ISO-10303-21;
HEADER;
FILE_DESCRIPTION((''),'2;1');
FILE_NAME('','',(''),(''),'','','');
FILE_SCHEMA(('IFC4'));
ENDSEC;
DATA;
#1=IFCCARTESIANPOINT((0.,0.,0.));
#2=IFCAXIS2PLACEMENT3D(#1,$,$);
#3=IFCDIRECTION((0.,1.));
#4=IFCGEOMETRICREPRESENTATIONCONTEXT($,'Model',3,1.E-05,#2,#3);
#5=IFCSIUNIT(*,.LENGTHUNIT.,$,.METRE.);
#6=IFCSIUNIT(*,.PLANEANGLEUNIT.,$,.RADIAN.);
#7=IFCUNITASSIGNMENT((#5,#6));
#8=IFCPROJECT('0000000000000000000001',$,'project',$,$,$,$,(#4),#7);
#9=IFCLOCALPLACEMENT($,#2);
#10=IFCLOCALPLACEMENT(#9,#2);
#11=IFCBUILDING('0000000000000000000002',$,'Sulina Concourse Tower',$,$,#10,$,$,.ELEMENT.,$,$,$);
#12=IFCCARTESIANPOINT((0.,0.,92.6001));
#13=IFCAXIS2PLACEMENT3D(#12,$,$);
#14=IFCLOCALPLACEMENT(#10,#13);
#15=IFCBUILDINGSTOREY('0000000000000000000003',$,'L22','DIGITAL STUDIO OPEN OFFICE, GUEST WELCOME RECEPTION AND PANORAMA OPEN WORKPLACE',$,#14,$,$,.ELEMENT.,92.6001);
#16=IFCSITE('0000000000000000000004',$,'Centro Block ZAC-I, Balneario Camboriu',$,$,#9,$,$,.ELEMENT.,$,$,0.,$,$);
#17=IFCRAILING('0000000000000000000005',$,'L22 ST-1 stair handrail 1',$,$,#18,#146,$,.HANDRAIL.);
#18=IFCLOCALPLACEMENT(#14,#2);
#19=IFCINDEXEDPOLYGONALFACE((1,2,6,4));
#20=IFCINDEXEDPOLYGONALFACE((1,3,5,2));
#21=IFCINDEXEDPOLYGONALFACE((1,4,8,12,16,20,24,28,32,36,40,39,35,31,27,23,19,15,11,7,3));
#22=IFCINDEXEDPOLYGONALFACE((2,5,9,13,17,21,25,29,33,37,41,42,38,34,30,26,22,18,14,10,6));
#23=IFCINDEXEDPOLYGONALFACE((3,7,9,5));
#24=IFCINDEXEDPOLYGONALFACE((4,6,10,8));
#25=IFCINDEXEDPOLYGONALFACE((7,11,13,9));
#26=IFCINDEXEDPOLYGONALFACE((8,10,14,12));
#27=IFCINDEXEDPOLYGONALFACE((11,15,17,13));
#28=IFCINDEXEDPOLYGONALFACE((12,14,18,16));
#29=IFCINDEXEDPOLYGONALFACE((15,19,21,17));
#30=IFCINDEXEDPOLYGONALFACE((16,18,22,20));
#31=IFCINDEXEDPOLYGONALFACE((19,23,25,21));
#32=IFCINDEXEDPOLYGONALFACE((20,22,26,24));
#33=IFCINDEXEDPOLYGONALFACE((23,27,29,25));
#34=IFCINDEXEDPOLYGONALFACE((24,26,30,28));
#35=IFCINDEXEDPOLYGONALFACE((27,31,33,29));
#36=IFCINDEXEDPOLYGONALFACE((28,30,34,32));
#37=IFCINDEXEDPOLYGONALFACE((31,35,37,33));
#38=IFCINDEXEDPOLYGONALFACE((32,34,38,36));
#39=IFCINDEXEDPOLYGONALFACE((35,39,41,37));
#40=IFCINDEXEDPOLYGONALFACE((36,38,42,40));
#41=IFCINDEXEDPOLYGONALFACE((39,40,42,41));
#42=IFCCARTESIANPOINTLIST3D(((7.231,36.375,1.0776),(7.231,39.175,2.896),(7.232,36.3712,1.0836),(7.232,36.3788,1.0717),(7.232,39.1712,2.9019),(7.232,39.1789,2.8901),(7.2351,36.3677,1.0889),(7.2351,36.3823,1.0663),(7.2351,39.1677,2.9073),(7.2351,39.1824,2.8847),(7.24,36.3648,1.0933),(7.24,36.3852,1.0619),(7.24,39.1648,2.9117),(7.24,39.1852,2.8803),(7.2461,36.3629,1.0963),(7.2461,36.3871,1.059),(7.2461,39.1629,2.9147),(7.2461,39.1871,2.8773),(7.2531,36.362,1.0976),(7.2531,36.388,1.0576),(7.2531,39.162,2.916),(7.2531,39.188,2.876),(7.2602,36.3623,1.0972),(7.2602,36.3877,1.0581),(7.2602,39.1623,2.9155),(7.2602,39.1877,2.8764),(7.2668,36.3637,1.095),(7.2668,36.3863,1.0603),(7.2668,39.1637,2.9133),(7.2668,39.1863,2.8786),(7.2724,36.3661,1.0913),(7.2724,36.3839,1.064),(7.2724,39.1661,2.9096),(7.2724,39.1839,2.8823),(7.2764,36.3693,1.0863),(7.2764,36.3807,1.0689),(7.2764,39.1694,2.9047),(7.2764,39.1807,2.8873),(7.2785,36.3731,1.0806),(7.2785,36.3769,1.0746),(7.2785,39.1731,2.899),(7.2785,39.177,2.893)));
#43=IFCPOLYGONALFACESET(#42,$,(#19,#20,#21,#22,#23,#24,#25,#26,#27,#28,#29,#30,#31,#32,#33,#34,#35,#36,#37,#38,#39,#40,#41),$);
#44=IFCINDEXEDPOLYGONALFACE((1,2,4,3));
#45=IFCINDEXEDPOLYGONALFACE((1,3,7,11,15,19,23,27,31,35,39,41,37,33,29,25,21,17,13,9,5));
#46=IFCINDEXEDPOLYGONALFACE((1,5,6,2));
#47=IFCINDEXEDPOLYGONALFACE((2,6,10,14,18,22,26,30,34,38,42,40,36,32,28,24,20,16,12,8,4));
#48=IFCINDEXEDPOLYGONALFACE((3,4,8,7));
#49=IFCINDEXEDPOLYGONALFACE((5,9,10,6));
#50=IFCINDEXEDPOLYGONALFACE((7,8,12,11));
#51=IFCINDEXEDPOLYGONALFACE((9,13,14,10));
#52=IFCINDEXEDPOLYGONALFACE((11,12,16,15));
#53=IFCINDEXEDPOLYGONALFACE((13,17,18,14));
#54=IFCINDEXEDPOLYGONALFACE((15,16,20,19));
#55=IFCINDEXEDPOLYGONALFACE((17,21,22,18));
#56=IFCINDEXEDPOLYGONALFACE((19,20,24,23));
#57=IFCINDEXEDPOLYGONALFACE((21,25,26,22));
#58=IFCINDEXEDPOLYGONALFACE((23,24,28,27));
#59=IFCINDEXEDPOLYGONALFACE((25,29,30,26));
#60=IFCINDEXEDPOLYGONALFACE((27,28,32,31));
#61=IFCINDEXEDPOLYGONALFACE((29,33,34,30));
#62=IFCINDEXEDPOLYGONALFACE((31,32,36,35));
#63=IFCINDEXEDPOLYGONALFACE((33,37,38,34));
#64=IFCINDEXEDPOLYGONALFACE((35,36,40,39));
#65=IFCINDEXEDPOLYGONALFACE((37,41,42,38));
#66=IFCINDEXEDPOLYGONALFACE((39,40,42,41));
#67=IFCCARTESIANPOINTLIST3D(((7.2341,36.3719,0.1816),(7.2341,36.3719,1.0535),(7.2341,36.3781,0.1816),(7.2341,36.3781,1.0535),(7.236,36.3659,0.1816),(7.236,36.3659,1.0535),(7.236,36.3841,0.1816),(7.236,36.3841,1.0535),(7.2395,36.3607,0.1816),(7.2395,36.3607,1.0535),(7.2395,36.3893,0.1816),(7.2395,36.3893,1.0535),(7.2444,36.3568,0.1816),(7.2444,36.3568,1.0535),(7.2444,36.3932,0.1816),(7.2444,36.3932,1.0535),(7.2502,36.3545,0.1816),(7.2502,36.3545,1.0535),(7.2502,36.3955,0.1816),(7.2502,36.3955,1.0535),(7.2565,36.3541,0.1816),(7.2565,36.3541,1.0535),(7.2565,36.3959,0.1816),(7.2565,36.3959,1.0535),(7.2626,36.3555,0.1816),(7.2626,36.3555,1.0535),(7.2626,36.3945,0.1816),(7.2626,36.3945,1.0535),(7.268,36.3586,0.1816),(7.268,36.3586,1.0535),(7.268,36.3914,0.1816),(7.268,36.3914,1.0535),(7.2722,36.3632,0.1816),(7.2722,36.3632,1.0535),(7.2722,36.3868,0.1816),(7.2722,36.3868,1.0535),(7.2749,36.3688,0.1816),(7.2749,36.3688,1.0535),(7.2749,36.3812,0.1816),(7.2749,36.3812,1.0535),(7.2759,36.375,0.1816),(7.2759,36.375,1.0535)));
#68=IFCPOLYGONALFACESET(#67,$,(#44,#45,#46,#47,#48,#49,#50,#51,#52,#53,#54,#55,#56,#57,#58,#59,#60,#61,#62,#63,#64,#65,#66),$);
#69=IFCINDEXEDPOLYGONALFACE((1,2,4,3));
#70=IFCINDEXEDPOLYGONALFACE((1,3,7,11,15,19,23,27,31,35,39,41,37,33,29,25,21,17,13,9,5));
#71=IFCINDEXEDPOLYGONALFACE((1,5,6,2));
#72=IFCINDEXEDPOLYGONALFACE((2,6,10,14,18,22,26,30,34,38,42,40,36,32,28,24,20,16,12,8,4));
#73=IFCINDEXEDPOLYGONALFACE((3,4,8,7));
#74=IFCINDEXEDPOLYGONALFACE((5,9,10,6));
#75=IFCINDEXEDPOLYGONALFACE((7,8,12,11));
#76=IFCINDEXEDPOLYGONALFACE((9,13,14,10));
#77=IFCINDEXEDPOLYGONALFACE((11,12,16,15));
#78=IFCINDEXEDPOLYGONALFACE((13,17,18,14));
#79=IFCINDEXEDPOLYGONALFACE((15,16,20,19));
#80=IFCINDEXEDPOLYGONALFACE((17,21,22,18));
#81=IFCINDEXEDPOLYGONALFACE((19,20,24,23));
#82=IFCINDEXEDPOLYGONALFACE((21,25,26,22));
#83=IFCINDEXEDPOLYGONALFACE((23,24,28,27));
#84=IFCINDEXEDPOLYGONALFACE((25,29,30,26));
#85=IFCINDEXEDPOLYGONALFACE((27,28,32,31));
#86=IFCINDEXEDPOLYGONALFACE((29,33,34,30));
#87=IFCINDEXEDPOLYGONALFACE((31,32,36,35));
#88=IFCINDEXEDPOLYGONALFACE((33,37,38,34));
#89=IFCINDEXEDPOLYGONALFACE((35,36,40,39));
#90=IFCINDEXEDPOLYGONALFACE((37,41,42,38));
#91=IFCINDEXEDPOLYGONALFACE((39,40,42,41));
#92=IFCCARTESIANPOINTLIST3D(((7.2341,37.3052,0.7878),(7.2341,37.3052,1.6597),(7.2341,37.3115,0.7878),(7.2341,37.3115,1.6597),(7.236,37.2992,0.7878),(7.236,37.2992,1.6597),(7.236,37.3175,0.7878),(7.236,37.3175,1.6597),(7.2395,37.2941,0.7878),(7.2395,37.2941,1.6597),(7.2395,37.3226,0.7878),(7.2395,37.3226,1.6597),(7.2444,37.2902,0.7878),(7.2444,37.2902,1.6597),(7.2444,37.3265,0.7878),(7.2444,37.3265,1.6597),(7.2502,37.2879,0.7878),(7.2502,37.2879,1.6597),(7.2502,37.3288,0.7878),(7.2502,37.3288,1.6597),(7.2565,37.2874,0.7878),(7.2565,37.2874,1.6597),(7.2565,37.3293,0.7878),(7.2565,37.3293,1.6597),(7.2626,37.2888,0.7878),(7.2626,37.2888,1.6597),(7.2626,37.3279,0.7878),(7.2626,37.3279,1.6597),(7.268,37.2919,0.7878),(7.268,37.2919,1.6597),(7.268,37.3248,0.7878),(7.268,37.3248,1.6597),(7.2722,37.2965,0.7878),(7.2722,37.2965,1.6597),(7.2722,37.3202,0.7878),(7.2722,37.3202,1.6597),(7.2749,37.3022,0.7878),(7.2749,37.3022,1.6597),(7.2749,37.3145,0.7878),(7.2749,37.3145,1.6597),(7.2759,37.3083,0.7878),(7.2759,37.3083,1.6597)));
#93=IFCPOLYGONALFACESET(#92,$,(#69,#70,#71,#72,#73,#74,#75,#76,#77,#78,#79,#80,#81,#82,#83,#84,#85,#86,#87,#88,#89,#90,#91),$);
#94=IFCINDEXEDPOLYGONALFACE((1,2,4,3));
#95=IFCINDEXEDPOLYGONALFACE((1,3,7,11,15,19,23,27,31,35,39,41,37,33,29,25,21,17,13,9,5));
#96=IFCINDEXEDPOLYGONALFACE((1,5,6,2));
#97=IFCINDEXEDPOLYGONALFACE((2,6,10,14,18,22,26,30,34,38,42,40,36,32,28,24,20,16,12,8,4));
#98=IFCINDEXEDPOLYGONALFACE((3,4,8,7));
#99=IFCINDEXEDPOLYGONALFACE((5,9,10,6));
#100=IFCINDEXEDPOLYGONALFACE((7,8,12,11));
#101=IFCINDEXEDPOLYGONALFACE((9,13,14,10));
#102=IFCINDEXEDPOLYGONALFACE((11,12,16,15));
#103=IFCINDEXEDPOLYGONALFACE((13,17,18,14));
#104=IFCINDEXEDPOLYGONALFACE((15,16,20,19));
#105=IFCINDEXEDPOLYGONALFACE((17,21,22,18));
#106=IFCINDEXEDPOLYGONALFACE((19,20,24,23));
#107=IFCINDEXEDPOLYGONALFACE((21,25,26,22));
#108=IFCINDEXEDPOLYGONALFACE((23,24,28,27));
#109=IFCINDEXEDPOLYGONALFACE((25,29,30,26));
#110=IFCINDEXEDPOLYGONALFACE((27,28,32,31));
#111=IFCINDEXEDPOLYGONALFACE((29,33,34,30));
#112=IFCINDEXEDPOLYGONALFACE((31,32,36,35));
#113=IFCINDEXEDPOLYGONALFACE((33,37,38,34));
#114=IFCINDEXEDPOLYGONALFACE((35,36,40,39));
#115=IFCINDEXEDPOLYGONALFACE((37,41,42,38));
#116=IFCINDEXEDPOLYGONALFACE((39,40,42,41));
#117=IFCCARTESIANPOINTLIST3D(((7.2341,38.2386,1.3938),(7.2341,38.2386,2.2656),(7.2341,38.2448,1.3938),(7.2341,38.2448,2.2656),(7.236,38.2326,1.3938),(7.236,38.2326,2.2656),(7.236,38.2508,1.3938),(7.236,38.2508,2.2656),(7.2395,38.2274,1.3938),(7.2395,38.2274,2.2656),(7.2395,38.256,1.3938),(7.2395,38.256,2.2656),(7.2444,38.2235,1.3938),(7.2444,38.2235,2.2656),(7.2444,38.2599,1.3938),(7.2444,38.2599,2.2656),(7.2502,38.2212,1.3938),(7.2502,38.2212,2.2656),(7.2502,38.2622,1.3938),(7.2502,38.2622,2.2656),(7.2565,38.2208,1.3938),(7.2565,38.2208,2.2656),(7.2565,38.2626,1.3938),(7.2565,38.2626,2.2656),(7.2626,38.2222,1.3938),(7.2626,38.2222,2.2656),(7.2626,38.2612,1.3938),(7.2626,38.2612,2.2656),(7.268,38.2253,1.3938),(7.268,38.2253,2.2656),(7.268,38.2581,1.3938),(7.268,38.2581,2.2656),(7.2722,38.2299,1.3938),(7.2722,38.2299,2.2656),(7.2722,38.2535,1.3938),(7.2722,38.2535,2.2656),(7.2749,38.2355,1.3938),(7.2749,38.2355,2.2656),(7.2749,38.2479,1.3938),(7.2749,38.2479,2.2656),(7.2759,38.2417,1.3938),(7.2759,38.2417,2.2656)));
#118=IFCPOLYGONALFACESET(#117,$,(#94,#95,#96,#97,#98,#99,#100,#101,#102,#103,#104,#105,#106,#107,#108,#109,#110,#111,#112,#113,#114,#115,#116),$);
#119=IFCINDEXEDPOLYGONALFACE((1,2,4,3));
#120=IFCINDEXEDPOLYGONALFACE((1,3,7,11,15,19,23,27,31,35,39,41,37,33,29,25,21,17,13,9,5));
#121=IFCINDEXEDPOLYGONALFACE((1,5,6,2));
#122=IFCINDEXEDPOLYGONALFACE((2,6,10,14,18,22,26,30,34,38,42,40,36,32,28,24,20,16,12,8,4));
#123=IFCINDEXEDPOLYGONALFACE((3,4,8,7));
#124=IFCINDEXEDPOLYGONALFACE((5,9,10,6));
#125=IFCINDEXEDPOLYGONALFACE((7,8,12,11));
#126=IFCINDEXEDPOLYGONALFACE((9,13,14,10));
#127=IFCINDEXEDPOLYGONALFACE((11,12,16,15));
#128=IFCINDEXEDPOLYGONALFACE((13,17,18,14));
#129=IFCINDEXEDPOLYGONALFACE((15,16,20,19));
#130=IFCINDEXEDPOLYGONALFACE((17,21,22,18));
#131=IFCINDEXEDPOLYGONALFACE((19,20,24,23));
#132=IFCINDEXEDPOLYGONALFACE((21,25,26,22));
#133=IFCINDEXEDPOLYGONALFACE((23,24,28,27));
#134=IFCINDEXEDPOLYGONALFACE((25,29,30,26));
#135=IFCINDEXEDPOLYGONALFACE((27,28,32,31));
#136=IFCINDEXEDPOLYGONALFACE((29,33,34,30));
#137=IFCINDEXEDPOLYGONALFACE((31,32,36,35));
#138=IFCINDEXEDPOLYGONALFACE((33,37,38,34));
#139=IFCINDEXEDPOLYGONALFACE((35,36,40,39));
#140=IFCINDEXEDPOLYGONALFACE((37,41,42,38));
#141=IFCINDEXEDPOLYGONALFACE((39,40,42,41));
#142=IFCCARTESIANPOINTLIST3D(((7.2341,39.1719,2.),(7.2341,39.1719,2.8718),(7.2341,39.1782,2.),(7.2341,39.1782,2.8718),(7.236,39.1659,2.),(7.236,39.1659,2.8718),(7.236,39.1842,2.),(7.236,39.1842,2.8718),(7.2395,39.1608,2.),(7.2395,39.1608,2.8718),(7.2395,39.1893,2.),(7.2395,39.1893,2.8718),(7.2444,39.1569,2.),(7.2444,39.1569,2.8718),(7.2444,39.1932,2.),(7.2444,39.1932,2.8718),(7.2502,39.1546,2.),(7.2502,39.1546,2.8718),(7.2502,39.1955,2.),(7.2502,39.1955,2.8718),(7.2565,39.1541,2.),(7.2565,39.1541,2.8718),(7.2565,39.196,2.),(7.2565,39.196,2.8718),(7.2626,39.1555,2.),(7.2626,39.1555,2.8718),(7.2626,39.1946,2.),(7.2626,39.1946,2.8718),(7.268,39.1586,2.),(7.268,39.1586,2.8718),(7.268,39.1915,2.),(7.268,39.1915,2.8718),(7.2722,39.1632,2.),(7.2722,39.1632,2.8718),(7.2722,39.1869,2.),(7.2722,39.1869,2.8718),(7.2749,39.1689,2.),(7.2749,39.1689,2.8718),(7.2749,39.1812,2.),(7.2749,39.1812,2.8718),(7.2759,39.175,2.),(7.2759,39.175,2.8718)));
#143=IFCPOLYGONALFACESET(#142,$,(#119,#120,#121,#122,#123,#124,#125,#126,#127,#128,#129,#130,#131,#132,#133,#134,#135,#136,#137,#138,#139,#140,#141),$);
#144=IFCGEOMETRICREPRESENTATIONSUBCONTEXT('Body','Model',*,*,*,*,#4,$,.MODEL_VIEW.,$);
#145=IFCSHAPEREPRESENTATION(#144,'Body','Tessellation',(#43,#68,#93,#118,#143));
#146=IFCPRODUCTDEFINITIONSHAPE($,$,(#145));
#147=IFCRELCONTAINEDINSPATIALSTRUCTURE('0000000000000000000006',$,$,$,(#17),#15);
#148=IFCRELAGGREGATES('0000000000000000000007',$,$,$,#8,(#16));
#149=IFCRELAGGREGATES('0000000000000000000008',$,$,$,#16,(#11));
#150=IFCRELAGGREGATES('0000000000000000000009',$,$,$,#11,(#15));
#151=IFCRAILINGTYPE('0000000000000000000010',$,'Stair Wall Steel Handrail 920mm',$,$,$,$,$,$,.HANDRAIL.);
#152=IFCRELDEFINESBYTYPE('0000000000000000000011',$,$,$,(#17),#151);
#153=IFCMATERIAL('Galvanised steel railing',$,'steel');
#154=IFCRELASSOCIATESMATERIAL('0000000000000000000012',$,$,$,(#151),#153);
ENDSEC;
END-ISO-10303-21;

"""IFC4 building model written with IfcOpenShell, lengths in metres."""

from ifc_helpers import new_model, si_unit, direction, frame, origin, origin_2d, place, context, subcontext, project, spatial, circle, extrude, material, type_object, element, save


model = new_model("IFC4")

# Units and contexts
model_context = context("Model", 3, precision=1e-05, world=origin(), true_north=direction((0.0, 1.0)))
body_context = subcontext(model_context, "Body", "Model", "MODEL_VIEW")
ifc_project = project(units=[si_unit("LENGTHUNIT", "METRE"), si_unit("PLANEANGLEUNIT", "RADIAN")], contexts=[model_context])

# Site, building, storey
site_placement = place(None, origin())
site = spatial("IfcSite", under=ifc_project, at=site_placement, Name="Centro Block ZAC-I, Balneario Camboriu", CompositionType="ELEMENT", RefElevation=0.0)
building_placement = place(site_placement, origin())
building = spatial("IfcBuilding", under=site, at=building_placement, Name="Sulina Concourse Tower", CompositionType="ELEMENT")
storey_placement = place(building_placement, frame((0.0, 0.0, 92.6001)))
storey = spatial("IfcBuildingStorey", under=building, at=storey_placement, Name="L22", Description="DIGITAL STUDIO OPEN OFFICE, GUEST WELCOME RECEPTION AND PANORAMA OPEN WORKPLACE", CompositionType="ELEMENT", Elevation=92.6001)

# Railing
ifc_material_1 = material(Name="Galvanised steel railing", Category="steel")
railing_type_1 = type_object("IfcRailingType", Name="Stair Wall Steel Handrail 920mm", PredefinedType="HANDRAIL", material=ifc_material_1)
railing_1_placement = place(storey_placement, frame((7.2549, 36.375, 0.1816)))
element("IfcRailing", 1, at=railing_1_placement, inside=storey, type_object=railing_type_1, Name="L22 ST-1 stair handrail 1", PredefinedType="HANDRAIL", context=body_context, shape_type="SweptSolid", body=[
    extrude(circle(Radius=0.0239, at=origin_2d()), frame((0.0, 0.0, 0.896), z_axis=(0.0, 0.838672, 0.544636), x_axis=(-1.0, 0.0, 0.0)), (0.0, 0.0, 1.0), 3.3386),
    extrude(circle(Radius=0.021, at=origin_2d()), origin(), (0.0, 0.0, 1.0), 0.8718),
    extrude(circle(Radius=0.021, at=origin_2d()), frame((0.0, 0.9333, 0.6062)), (0.0, 0.0, 1.0), 0.8718),
    extrude(circle(Radius=0.021, at=origin_2d()), frame((0.0, 1.8667, 1.2122)), (0.0, 0.0, 1.0), 0.8718),
    extrude(circle(Radius=0.021, at=origin_2d()), frame((0.0, 2.8, 1.8184)), (0.0, 0.0, 1.0), 0.8718),
])

save(model, "model.ifc")
